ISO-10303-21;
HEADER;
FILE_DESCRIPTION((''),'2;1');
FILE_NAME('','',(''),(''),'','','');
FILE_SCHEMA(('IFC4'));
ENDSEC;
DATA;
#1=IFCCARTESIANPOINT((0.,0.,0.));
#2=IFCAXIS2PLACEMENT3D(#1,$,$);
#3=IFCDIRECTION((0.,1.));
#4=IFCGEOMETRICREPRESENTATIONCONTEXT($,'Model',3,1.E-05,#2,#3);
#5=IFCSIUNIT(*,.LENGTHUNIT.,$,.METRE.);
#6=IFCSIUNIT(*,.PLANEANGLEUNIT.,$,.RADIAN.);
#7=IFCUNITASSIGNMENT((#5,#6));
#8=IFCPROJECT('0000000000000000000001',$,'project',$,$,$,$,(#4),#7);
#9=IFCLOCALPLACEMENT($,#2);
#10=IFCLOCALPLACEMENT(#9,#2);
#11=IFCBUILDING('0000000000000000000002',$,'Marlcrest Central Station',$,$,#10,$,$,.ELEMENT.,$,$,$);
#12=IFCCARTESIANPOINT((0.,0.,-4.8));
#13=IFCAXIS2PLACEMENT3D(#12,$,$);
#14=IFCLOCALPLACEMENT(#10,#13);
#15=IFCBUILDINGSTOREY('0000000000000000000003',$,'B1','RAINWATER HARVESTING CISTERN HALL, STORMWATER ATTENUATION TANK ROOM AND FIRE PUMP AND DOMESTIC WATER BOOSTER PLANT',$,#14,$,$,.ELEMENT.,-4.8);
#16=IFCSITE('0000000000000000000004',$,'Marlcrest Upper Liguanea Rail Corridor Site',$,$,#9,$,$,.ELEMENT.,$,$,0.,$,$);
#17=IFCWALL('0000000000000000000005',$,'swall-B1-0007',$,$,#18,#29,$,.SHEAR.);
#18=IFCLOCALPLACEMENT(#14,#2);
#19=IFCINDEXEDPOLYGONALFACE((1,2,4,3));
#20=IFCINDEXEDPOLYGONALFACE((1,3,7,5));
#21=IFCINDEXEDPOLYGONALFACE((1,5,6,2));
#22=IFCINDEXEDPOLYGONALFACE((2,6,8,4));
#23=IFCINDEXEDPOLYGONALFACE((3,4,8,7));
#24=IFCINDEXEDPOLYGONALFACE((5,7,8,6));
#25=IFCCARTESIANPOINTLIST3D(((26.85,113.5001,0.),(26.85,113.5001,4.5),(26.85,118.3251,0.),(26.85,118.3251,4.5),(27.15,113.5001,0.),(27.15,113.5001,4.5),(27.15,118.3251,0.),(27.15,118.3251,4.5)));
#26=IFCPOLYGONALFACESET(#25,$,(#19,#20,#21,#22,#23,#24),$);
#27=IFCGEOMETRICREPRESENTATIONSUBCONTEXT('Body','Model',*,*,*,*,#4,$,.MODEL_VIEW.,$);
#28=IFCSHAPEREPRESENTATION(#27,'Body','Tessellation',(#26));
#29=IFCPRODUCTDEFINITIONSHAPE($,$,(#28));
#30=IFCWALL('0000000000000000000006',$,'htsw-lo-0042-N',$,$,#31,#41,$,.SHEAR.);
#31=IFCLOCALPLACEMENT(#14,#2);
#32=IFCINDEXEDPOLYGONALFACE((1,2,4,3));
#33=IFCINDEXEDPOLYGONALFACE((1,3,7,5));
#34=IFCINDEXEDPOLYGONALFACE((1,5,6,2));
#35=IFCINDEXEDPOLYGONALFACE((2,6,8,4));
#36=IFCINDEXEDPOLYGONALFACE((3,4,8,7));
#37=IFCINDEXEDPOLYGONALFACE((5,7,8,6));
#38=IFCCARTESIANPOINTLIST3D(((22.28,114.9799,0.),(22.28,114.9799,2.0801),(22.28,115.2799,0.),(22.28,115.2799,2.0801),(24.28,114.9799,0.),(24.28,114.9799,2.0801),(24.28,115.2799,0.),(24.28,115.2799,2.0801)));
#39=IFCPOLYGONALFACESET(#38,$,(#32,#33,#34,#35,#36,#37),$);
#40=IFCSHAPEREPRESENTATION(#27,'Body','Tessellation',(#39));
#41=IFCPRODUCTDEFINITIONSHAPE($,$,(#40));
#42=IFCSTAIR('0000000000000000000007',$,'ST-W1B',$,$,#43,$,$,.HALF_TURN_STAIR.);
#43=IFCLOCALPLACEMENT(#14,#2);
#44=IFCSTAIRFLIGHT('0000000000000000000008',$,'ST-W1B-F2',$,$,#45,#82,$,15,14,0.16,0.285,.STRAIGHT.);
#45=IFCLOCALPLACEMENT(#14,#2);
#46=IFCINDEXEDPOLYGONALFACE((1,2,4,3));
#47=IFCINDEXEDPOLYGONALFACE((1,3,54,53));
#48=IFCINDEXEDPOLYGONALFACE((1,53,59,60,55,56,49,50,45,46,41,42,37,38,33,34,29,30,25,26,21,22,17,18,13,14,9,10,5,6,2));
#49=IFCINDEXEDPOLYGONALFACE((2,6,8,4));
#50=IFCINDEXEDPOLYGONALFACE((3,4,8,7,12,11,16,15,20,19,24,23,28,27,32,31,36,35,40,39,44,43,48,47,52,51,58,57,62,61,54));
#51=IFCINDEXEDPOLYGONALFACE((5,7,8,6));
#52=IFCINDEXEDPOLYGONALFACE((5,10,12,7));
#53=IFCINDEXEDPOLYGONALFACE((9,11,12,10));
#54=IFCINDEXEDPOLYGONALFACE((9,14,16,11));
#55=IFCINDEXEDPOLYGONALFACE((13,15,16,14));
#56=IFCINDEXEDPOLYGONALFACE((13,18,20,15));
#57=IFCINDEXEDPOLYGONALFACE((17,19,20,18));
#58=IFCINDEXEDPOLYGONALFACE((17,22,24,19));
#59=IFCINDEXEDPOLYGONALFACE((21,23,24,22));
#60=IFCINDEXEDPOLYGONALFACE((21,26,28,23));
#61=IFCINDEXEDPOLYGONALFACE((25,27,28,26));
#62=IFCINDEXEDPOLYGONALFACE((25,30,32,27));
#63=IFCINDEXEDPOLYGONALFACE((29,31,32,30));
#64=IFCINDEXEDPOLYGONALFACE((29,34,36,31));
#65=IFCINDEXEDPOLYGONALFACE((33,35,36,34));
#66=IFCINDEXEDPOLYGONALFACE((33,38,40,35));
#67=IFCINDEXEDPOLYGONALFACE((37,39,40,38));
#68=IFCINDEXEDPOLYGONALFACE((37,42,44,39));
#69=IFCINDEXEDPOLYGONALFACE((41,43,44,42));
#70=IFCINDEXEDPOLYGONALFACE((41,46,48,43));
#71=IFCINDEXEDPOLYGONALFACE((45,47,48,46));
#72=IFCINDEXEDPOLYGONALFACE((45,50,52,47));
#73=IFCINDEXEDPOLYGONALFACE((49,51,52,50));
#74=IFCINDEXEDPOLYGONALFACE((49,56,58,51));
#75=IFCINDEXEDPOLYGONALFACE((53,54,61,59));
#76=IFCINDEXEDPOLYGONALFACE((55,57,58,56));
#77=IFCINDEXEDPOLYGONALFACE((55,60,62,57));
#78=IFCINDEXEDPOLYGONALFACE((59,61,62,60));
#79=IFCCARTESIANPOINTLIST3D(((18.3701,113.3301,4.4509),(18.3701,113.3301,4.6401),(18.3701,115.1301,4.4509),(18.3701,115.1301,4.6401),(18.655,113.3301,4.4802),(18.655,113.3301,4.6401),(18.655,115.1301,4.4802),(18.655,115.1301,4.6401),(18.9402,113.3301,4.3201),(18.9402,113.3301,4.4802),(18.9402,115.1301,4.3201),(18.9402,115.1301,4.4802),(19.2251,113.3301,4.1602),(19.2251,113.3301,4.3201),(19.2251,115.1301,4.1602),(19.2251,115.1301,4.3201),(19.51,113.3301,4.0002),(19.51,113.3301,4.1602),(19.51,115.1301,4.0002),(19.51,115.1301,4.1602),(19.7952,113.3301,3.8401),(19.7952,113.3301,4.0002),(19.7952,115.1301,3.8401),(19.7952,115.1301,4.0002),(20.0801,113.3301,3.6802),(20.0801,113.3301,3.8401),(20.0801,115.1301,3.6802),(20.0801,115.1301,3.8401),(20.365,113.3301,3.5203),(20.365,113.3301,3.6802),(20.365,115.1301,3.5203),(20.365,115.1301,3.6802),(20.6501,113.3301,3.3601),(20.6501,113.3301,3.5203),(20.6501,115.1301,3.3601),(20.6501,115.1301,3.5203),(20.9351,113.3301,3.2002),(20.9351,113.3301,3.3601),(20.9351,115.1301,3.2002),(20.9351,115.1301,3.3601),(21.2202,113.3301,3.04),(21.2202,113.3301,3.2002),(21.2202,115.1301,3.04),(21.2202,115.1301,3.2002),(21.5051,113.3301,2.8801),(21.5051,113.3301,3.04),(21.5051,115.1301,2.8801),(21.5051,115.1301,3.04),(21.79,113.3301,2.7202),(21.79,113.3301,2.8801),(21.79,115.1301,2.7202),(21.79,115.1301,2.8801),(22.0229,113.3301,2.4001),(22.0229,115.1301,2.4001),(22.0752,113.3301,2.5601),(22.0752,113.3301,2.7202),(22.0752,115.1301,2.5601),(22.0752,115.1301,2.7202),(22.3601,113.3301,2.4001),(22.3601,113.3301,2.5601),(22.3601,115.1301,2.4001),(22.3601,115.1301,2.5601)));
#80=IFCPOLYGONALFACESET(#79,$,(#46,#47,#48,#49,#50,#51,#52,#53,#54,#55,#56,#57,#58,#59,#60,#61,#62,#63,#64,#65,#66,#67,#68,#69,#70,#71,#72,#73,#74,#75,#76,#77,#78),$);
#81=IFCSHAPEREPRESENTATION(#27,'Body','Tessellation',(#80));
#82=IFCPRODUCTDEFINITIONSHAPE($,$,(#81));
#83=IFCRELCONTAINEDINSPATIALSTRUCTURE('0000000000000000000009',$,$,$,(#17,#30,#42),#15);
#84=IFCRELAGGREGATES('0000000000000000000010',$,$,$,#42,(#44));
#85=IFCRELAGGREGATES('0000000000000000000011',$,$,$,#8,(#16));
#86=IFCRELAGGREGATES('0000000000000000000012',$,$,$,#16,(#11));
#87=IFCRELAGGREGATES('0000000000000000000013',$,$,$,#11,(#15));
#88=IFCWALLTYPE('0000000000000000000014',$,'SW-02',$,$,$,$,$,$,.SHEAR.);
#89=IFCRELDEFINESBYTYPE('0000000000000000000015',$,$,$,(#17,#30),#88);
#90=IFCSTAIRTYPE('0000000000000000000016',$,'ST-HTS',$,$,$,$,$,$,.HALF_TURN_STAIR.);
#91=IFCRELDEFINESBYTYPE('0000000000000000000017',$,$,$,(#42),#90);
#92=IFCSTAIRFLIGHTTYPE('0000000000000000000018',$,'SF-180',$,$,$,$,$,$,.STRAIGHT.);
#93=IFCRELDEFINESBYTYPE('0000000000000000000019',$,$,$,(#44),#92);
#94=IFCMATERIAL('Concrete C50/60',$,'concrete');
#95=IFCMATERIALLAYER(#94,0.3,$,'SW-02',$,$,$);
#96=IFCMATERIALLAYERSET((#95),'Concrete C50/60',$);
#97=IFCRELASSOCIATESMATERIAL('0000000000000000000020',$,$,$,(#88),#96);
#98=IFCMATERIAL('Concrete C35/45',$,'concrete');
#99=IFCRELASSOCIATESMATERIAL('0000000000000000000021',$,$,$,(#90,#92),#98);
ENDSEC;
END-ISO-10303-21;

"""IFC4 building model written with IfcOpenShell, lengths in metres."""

from ifc_helpers import new_model, si_unit, direction, frame, frame_2d, origin, place, context, subcontext, project, spatial, polyline, rectangle, outline, extrude, material, layer, layer_set, type_object, element, aggregate, save


model = new_model("IFC4")

# Units and contexts
model_context = context("Model", 3, precision=1e-05, world=origin(), true_north=direction((0.0, 1.0)))
body_context = subcontext(model_context, "Body", "Model", "MODEL_VIEW")
ifc_project = project(units=[si_unit("LENGTHUNIT", "METRE"), si_unit("PLANEANGLEUNIT", "RADIAN")], contexts=[model_context])

# Site, building, storey
site_placement = place(None, origin())
site = spatial("IfcSite", under=ifc_project, at=site_placement, Name="Marlcrest Upper Liguanea Rail Corridor Site", CompositionType="ELEMENT", RefElevation=0.0)
building_placement = place(site_placement, origin())
building = spatial("IfcBuilding", under=site, at=building_placement, Name="Marlcrest Central Station", CompositionType="ELEMENT")
storey_placement = place(building_placement, frame((0.0, 0.0, -4.8)))
storey = spatial("IfcBuildingStorey", under=building, at=storey_placement, Name="B1", Description="RAINWATER HARVESTING CISTERN HALL, STORMWATER ATTENUATION TANK ROOM AND FIRE PUMP AND DOMESTIC WATER BOOSTER PLANT", CompositionType="ELEMENT", Elevation=-4.8)

# Shared definitions
ifc_material_1 = material(Name="Concrete C35/45", Category="concrete")

# Walls
ifc_material_2 = material(Name="Concrete C50/60", Category="concrete")
ifc_layer_1 = layer(ifc_material_2, 0.3, Name="SW-02")
ifc_layer_set_1 = layer_set([ifc_layer_1], Name="Concrete C50/60")
wall_type_1 = type_object("IfcWallType", Name="SW-02", PredefinedType="SHEAR", material=ifc_layer_set_1)
wall_1_placement = place(storey_placement, frame((27.0, 113.5, 0.0), z_axis=(0.0, 0.0, 1.0), x_axis=(0.0, 1.0, 0.0)))
element("IfcWall", 1, at=wall_1_placement, inside=storey, type_object=wall_type_1, Name="swall-B1-0007", PredefinedType="SHEAR", context=body_context, shape_type="SweptSolid", body=[
    extrude(rectangle(XDim=4.825, YDim=0.3, at=frame_2d((2.4126, 0.0))), origin(), (0.0, 0.0, 1.0), 4.5),
])
wall_2_placement = place(storey_placement, frame((24.28, 115.1299, 0.0), z_axis=(0.0, 0.0, 1.0), x_axis=(-1.0, 0.0, 0.0)))
element("IfcWall", 2, at=wall_2_placement, inside=storey, type_object=wall_type_1, Name="htsw-lo-0042-N", PredefinedType="SHEAR", context=body_context, shape_type="SweptSolid", body=[
    extrude(rectangle(XDim=2.0, YDim=0.3, at=frame_2d((1.0, 0.0))), origin(), (0.0, 0.0, 1.0), 2.0801),
])

# Stair, stair flight
stair_type = type_object("IfcStairType", Name="ST-HTS", PredefinedType="HALF_TURN_STAIR", material=ifc_material_1)
stair_placement = place(storey_placement, origin())
stair = element("IfcStair", 3, at=stair_placement, inside=storey, type_object=stair_type, Name="ST-W1B", PredefinedType="HALF_TURN_STAIR")
stair_flight_type = type_object("IfcStairFlightType", Name="SF-180", PredefinedType="STRAIGHT", material=ifc_material_1)
stair_flight_placement = place(storey_placement, frame((22.3601, 114.23, 2.4001), z_axis=(0.0, 0.0, 1.0), x_axis=(-1.0, 0.0, 0.0)))
stair_flight = element("IfcStairFlight", 4, at=stair_flight_placement, type_object=stair_flight_type, Name="ST-W1B-F2", NumberOfRisers=15, NumberOfTreads=14, PredefinedType="STRAIGHT", RiserHeight=0.16, TreadLength=0.285, context=body_context, shape_type="SweptSolid", body=[
    extrude(outline(polyline([(0.0, 0.0), (0.0, 0.1599), (0.2849, 0.1599), (0.2849, 0.3201), (0.5701, 0.3201), (0.5701, 0.48), (0.855, 0.48), (0.855, 0.6399), (1.1399, 0.6399), (1.1399, 0.8), (1.425, 0.8), (1.425, 0.96), (1.71, 0.96), (1.71, 1.1201), (1.9951, 1.1201), (1.9951, 1.28), (2.28, 1.28), (2.28, 1.4399), (2.5649, 1.4399), (2.5649, 1.6001), (2.8501, 1.6001), (2.8501, 1.76), (3.135, 1.76), (3.135, 1.9199), (3.4199, 1.9199), (3.4199, 2.0801), (3.7051, 2.0801), (3.7051, 2.24), (3.99, 2.24), (3.99, 2.3999), (3.99, 2.0508), (0.3372, 0.0), (0.0, 0.0)])), frame((0.0, 0.8999, 0.0), z_axis=(0.0, -1.0, 0.0), x_axis=(1.0, 0.0, 0.0)), (0.0, 0.0, 1.0), 1.8),
])
aggregate(stair, [stair_flight])

save(model, "model.ifc")
